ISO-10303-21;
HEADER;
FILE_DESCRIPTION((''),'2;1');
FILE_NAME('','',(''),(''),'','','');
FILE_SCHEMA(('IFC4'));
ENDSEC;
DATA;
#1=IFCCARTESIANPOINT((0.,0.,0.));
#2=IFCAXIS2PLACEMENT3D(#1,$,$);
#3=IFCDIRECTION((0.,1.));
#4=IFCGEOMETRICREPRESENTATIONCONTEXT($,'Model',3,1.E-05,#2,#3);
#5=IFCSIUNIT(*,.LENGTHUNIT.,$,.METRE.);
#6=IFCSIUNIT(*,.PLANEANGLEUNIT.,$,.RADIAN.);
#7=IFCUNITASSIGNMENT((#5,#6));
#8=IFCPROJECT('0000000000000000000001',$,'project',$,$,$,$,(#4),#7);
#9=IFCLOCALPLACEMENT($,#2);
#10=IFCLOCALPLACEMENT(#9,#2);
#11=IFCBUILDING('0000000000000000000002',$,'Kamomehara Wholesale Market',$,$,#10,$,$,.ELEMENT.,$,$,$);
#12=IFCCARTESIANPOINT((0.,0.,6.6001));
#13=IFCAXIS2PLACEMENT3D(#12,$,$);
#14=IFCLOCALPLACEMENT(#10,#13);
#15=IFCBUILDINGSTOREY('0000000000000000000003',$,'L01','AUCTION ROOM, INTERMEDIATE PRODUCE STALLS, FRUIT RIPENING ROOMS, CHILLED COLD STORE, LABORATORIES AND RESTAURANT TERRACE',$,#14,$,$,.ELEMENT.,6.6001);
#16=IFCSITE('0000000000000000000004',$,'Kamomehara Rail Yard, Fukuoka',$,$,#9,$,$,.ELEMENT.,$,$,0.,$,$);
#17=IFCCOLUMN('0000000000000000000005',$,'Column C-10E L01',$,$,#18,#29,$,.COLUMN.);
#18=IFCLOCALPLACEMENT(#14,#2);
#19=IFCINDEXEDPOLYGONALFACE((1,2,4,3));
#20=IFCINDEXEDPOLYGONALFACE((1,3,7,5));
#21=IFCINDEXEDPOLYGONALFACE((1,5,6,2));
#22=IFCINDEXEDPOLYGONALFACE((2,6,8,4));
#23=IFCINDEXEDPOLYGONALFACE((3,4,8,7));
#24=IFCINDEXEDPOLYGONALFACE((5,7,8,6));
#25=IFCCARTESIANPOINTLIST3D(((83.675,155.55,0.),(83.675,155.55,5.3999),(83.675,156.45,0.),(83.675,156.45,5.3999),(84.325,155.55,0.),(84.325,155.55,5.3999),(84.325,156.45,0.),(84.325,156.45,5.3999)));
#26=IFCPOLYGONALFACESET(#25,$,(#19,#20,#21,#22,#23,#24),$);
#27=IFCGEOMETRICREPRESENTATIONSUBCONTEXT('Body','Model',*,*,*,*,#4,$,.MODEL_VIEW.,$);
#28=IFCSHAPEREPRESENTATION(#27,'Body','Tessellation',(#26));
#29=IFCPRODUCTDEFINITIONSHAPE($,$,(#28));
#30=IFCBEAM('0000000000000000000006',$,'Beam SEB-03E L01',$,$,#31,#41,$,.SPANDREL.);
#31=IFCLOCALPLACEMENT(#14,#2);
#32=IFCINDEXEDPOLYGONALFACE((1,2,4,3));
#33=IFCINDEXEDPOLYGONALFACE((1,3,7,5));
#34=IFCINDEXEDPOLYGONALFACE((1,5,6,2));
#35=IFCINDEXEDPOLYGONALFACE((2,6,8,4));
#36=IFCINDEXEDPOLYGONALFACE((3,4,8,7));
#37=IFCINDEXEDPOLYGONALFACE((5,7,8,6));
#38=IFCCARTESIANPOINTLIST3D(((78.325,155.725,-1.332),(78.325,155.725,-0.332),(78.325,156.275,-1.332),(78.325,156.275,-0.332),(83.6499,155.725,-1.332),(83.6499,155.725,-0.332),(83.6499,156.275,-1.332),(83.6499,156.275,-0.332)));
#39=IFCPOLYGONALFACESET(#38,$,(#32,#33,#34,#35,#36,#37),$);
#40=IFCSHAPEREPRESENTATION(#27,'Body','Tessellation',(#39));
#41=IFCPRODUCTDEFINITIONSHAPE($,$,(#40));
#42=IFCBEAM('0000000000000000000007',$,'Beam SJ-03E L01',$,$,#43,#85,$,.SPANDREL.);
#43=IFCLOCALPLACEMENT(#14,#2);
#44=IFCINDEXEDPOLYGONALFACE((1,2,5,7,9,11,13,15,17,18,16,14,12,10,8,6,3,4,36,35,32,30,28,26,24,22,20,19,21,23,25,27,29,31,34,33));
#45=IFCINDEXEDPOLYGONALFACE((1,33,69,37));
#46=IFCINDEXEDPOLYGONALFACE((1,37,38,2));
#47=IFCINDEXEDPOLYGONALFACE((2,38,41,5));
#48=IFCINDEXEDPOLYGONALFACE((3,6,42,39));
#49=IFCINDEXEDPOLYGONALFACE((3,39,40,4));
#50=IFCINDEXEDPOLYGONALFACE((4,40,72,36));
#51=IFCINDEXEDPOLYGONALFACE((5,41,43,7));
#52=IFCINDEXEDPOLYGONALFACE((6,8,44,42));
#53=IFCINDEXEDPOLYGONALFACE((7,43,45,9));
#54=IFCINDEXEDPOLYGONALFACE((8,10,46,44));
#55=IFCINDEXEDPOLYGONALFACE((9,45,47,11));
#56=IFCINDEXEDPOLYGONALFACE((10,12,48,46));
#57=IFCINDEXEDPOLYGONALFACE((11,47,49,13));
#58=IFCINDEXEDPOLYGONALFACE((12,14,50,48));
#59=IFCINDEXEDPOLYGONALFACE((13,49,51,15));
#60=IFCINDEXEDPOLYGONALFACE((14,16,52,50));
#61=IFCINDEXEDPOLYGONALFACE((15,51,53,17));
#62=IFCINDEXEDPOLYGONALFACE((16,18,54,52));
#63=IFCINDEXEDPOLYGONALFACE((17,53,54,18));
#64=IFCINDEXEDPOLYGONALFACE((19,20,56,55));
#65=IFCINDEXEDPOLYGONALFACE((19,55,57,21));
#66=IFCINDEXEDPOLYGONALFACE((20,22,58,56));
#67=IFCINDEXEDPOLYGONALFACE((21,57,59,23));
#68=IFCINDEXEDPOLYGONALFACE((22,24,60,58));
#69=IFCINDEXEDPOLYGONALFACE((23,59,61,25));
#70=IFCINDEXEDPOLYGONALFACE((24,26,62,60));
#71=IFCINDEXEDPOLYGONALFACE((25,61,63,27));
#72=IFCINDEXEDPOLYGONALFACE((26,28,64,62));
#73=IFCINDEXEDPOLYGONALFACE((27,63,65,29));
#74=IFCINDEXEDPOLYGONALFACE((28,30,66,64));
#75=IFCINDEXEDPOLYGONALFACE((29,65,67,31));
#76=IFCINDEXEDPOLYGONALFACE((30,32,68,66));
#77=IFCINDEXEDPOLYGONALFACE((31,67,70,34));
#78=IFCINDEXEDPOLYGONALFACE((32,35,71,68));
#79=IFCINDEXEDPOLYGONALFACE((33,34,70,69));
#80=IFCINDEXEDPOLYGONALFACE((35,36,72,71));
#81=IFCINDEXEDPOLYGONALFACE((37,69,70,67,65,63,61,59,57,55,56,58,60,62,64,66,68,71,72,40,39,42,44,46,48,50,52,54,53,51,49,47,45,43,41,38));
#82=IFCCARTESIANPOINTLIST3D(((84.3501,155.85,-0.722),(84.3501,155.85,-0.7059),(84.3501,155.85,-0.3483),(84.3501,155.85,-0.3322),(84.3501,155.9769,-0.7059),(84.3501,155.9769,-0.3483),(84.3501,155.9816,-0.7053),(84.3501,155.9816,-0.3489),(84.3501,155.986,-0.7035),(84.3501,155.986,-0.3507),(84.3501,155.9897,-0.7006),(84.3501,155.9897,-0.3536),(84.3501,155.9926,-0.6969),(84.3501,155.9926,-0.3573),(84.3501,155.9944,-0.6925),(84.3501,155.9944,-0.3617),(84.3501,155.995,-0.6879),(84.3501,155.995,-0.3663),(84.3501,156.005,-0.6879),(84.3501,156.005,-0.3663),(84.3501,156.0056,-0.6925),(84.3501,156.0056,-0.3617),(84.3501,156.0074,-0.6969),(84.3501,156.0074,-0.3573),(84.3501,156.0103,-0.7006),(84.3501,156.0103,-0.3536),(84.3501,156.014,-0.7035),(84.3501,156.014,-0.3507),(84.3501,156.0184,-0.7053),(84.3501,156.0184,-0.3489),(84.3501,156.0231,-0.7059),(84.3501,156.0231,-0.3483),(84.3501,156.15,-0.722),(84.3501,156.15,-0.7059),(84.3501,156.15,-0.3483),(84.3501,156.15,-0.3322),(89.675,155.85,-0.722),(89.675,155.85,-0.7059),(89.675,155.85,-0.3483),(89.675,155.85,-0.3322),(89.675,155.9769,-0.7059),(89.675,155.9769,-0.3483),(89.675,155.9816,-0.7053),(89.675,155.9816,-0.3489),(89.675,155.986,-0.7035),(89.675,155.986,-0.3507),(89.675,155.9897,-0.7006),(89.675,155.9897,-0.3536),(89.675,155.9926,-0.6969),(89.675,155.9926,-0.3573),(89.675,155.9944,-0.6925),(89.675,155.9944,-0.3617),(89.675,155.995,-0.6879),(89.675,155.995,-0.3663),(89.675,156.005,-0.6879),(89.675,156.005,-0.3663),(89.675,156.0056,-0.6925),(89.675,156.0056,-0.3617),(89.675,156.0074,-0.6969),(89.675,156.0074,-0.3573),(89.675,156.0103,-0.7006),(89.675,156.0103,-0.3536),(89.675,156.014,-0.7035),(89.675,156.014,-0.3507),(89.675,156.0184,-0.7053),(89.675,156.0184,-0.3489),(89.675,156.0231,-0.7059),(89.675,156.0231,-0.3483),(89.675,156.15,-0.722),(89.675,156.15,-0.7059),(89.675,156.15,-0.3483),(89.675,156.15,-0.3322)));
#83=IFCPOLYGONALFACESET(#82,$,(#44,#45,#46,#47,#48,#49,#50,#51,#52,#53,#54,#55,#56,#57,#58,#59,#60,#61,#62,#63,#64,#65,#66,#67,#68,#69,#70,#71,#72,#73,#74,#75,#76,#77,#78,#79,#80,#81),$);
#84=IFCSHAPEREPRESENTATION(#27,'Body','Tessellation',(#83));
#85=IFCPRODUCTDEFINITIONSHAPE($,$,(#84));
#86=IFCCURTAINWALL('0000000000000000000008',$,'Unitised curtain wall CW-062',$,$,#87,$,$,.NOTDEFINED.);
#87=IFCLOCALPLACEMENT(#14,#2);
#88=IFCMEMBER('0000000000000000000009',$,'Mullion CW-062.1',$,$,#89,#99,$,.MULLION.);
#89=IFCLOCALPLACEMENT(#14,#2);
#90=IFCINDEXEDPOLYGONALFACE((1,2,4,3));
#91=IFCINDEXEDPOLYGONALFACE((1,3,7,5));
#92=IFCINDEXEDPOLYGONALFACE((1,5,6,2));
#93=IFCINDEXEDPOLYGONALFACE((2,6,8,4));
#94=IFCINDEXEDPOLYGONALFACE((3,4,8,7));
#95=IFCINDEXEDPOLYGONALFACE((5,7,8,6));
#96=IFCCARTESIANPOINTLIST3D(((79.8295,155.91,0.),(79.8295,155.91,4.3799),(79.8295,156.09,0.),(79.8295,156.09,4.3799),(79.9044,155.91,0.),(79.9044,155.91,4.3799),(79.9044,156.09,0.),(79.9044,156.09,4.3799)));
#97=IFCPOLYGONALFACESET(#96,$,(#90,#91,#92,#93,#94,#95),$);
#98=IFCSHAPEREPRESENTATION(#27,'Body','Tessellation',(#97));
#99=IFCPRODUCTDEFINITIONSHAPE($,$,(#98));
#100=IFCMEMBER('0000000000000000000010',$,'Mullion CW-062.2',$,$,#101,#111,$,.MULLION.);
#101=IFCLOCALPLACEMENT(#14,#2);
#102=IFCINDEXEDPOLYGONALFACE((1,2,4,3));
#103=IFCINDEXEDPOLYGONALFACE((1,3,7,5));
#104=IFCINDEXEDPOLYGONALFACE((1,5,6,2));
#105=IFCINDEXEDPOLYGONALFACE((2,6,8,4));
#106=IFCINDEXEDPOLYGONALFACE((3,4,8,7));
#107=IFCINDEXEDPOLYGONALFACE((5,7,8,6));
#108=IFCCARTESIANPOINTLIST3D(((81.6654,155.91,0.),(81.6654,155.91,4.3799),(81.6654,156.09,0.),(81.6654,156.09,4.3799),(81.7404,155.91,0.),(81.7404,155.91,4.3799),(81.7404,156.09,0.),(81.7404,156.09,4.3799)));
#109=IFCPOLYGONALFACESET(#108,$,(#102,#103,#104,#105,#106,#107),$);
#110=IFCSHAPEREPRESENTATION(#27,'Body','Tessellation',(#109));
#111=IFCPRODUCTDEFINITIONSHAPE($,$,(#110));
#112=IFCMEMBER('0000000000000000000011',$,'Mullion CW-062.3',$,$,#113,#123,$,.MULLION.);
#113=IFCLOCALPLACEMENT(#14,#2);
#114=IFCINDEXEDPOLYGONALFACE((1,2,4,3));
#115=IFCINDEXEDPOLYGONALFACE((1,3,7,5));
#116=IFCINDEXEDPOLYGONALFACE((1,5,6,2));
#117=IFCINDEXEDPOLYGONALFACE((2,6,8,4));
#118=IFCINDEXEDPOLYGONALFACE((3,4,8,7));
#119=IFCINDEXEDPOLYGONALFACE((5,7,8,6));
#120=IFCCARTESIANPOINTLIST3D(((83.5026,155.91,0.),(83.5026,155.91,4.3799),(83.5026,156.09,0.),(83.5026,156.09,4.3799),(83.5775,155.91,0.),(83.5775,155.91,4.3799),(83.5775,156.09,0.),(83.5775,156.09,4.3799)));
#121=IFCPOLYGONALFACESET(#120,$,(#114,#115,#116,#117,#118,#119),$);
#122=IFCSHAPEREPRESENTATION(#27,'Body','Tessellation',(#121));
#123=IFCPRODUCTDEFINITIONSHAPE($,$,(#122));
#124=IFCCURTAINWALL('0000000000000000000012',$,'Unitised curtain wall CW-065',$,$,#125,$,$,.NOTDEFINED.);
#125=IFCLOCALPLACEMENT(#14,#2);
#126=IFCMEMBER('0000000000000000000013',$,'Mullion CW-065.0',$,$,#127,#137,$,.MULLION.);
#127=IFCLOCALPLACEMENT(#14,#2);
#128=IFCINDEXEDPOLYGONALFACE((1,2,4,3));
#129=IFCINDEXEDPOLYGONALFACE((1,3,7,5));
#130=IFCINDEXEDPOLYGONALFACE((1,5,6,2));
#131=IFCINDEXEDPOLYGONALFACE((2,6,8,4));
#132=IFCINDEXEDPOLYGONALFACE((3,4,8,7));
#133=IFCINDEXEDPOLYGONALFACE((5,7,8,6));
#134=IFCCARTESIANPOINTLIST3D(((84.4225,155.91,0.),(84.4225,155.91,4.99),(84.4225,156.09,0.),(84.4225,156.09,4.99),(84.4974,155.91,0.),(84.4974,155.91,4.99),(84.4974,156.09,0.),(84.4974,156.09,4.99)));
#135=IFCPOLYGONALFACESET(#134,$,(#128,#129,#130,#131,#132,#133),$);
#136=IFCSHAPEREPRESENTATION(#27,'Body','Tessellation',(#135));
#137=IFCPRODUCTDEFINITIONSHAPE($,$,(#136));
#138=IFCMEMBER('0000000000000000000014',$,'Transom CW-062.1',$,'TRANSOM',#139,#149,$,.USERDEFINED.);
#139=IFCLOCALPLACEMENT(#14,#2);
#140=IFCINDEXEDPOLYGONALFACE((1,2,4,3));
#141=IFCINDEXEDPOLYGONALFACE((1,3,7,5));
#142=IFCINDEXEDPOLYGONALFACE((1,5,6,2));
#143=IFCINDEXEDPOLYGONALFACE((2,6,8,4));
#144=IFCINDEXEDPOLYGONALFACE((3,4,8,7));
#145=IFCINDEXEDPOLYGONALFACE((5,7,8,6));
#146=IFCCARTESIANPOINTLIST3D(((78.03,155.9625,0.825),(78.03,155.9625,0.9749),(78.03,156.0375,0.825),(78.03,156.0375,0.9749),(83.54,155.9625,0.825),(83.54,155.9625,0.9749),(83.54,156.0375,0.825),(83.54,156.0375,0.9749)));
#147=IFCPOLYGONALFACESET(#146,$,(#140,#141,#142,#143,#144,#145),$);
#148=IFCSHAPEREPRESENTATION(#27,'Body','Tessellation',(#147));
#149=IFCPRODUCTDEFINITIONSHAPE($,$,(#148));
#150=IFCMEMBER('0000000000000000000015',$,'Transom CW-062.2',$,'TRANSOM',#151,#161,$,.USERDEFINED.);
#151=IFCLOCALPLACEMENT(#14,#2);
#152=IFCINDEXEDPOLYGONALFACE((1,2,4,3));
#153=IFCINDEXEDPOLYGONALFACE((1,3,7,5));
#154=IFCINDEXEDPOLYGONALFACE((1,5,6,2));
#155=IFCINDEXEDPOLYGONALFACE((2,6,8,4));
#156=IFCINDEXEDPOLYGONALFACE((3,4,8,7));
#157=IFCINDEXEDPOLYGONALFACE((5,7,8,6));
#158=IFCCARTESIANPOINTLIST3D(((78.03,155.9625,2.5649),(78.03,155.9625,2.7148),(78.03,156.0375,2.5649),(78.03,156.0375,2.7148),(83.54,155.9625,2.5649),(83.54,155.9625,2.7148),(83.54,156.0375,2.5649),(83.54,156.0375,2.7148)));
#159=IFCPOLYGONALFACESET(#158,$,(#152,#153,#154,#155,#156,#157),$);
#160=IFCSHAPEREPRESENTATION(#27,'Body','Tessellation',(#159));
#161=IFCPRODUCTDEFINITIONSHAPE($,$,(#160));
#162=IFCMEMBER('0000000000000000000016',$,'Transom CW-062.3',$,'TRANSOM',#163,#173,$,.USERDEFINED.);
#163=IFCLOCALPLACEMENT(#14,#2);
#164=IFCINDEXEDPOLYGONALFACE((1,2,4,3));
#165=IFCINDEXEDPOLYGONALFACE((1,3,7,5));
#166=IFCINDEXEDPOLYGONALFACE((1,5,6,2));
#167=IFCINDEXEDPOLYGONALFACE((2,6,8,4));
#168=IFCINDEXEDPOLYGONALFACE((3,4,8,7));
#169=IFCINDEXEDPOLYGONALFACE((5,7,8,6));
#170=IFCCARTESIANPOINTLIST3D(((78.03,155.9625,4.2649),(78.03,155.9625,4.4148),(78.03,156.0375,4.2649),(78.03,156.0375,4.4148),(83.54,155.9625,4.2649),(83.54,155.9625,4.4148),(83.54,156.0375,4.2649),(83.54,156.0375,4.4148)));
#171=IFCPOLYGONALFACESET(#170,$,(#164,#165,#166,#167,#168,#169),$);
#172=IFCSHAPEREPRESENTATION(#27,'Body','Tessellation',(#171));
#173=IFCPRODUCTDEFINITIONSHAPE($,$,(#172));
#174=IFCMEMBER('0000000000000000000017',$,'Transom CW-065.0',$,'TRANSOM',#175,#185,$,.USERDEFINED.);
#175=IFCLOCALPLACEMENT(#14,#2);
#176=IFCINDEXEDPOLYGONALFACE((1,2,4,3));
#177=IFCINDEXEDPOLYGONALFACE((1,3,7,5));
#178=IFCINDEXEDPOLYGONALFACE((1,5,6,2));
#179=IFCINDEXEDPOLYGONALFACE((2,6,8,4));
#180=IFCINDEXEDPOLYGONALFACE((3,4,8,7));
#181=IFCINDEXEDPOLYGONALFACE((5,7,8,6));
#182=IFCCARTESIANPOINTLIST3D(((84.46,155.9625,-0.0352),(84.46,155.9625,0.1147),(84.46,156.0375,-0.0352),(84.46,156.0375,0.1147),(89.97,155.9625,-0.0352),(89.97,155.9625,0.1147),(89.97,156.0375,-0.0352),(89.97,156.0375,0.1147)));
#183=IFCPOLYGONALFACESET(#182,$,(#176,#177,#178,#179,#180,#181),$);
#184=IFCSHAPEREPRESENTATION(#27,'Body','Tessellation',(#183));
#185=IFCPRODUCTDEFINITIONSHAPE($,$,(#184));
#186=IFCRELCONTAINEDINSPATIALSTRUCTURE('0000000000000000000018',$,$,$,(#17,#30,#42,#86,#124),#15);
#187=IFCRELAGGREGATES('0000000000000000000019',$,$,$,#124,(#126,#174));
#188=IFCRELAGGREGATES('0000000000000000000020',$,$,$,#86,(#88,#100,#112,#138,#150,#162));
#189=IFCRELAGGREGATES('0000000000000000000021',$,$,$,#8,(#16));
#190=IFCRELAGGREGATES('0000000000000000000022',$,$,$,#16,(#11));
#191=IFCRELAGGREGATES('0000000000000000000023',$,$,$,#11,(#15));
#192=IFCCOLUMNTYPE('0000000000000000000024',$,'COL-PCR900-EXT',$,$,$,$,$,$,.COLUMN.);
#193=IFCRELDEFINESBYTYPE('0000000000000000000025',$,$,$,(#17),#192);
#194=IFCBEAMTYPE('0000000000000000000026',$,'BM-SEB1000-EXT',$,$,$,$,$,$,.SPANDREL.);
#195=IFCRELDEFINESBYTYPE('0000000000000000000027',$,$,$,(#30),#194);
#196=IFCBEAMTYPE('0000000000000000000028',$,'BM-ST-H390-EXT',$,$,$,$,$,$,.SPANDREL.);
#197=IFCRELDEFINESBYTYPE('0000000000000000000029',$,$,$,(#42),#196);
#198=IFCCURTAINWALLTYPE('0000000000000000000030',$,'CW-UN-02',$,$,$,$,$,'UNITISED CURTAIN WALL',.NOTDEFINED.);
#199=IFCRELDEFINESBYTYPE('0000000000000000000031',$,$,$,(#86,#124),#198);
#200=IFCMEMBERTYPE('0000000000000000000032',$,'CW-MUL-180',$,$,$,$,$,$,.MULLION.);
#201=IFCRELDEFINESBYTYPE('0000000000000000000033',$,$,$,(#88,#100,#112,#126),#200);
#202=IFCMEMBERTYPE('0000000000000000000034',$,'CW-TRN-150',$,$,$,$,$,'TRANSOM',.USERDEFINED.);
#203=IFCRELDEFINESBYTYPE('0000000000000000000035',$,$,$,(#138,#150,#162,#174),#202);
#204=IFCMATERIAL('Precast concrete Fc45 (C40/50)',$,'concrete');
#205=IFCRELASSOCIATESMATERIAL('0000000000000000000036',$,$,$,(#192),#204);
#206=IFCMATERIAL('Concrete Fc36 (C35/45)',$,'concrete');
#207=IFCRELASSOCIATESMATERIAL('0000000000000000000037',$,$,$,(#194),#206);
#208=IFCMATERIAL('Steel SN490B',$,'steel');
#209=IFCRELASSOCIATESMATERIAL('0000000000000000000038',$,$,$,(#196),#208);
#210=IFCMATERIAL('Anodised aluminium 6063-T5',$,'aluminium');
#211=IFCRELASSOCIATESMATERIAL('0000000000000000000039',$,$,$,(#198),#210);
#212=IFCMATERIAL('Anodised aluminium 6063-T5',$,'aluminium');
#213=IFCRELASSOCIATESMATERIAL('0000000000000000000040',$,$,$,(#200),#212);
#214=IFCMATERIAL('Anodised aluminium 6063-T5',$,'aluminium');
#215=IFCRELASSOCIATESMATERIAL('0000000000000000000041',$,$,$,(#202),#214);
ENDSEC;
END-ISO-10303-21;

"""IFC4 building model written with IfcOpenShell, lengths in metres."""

from ifc_helpers import new_model, si_unit, direction, frame, origin, origin_2d, place, context, subcontext, project, spatial, rectangle, i_section, extrude, material, material_profile, profile_set, type_object, element, aggregate, save


model = new_model("IFC4")

# Units and contexts
model_context = context("Model", 3, precision=1e-05, world=origin(), true_north=direction((0.0, 1.0)))
body_context = subcontext(model_context, "Body", "Model", "MODEL_VIEW")
ifc_project = project(units=[si_unit("LENGTHUNIT", "METRE"), si_unit("PLANEANGLEUNIT", "RADIAN")], contexts=[model_context])

# Site, building, storey
site_placement = place(None, origin())
site = spatial("IfcSite", under=ifc_project, at=site_placement, Name="Kamomehara Rail Yard, Fukuoka", CompositionType="ELEMENT", RefElevation=0.0)
building_placement = place(site_placement, origin())
building = spatial("IfcBuilding", under=site, at=building_placement, Name="Kamomehara Wholesale Market", CompositionType="ELEMENT")
storey_placement = place(building_placement, frame((0.0, 0.0, 6.6001)))
storey = spatial("IfcBuildingStorey", under=building, at=storey_placement, Name="L01", Description="AUCTION ROOM, INTERMEDIATE PRODUCE STALLS, FRUIT RIPENING ROOMS, CHILLED COLD STORE, LABORATORIES AND RESTAURANT TERRACE", CompositionType="ELEMENT", Elevation=6.6001)

# Column
ifc_material_1 = material(Name="Precast concrete Fc45 (C40/50)", Category="concrete")
ifc_material_profile_1 = material_profile(ifc_material_1, rectangle(XDim=0.6499, YDim=0.8999, at=origin_2d()), Name="PC-COL-650x900")
ifc_profile_set_1 = profile_set([ifc_material_profile_1], Name="Precast concrete Fc45 (C40/50)")
column_type = type_object("IfcColumnType", Name="COL-PCR900-EXT", PredefinedType="COLUMN", material=ifc_profile_set_1)
column_placement = place(storey_placement, frame((84.0, 156.0, 0.0), z_axis=(0.0, 0.0, 1.0), x_axis=(1.0, 0.0, 0.0)))
element("IfcColumn", 1, at=column_placement, inside=storey, type_object=column_type, Name="Column C-10E L01", PredefinedType="COLUMN", context=body_context, shape_type="SweptSolid", body=[
    extrude(rectangle(XDim=0.6499, YDim=0.8999, at=origin_2d()), origin(), (0.0, 0.0, 1.0), 5.3999),
])

# Beams
ifc_material_2 = material(Name="Concrete Fc36 (C35/45)", Category="concrete")
ifc_material_profile_2 = material_profile(ifc_material_2, rectangle(XDim=0.55, YDim=1.0, at=origin_2d()), Name="RC-SEB-550x1000")
ifc_profile_set_2 = profile_set([ifc_material_profile_2], Name="Concrete Fc36 (C35/45)")
beam_type_1 = type_object("IfcBeamType", Name="BM-SEB1000-EXT", PredefinedType="SPANDREL", material=ifc_profile_set_2)
beam_1_placement = place(storey_placement, frame((78.325, 156.0, -0.832), z_axis=(1.0, 0.0, 0.0), x_axis=(0.0, 1.0, 0.0)))
element("IfcBeam", 2, at=beam_1_placement, inside=storey, type_object=beam_type_1, Name="Beam SEB-03E L01", PredefinedType="SPANDREL", context=body_context, shape_type="SweptSolid", body=[
    extrude(rectangle(XDim=0.55, YDim=1.0, at=origin_2d()), origin(), (0.0, 0.0, 1.0), 5.325),
])
ifc_material_3 = material(Name="Steel SN490B", Category="steel")
ifc_material_profile_3 = material_profile(ifc_material_3, i_section(OverallWidth=0.3, OverallDepth=0.3899, WebThickness=0.01, FlangeThickness=0.0161, FilletRadius=0.0181, at=origin_2d()), Name="H-390x300x10x16")
ifc_profile_set_3 = profile_set([ifc_material_profile_3], Name="Steel SN490B")
beam_type_2 = type_object("IfcBeamType", Name="BM-ST-H390-EXT", PredefinedType="SPANDREL", material=ifc_profile_set_3)
beam_2_placement = place(storey_placement, frame((84.3501, 156.0, -0.5271), z_axis=(1.0, 0.0, 0.0), x_axis=(0.0, 1.0, 0.0)))
element("IfcBeam", 3, at=beam_2_placement, inside=storey, type_object=beam_type_2, Name="Beam SJ-03E L01", PredefinedType="SPANDREL", context=body_context, shape_type="SweptSolid", body=[
    extrude(i_section(OverallWidth=0.3, OverallDepth=0.3899, WebThickness=0.01, FlangeThickness=0.0161, FilletRadius=0.0181, at=origin_2d()), origin(), (0.0, 0.0, 1.0), 5.325),
])

# Curtain wall, members
ifc_material_4 = material(Name="Anodised aluminium 6063-T5", Category="aluminium")
curtain_wall_type = type_object("IfcCurtainWallType", Name="CW-UN-02", ElementType="UNITISED CURTAIN WALL", PredefinedType="NOTDEFINED", material=ifc_material_4)
curtain_wall_1_placement = place(storey_placement, origin())
curtain_wall_1 = element("IfcCurtainWall", 4, at=curtain_wall_1_placement, inside=storey, type_object=curtain_wall_type, Name="Unitised curtain wall CW-062", PredefinedType="NOTDEFINED")
ifc_material_5 = material(Name="Anodised aluminium 6063-T5", Category="aluminium")
ifc_material_profile_4 = material_profile(ifc_material_5, rectangle(XDim=0.075, YDim=0.1799, at=origin_2d()), Name="ALU-MUL-75x180")
ifc_profile_set_4 = profile_set([ifc_material_profile_4], Name="Anodised aluminium 6063-T5")
member_type_1 = type_object("IfcMemberType", Name="CW-MUL-180", PredefinedType="MULLION", material=ifc_profile_set_4)
member_1_placement = place(storey_placement, frame((79.8669, 156.0, 0.0), z_axis=(0.0, 0.0, 1.0), x_axis=(1.0, 0.0, 0.0)))
member_1 = element("IfcMember", 5, at=member_1_placement, type_object=member_type_1, Name="Mullion CW-062.1", PredefinedType="MULLION", context=body_context, shape_type="SweptSolid", body=[
    extrude(rectangle(XDim=0.075, YDim=0.1799, at=origin_2d()), origin(), (0.0, 0.0, 1.0), 4.3799),
])
member_2_placement = place(storey_placement, frame((81.7029, 156.0, 0.0), z_axis=(0.0, 0.0, 1.0), x_axis=(1.0, 0.0, 0.0)))
member_2 = element("IfcMember", 6, at=member_2_placement, type_object=member_type_1, Name="Mullion CW-062.2", PredefinedType="MULLION", context=body_context, shape_type="SweptSolid", body=[
    extrude(rectangle(XDim=0.075, YDim=0.1799, at=origin_2d()), origin(), (0.0, 0.0, 1.0), 4.3799),
])
member_3_placement = place(storey_placement, frame((83.54, 156.0, 0.0), z_axis=(0.0, 0.0, 1.0), x_axis=(1.0, 0.0, 0.0)))
member_3 = element("IfcMember", 7, at=member_3_placement, type_object=member_type_1, Name="Mullion CW-062.3", PredefinedType="MULLION", context=body_context, shape_type="SweptSolid", body=[
    extrude(rectangle(XDim=0.075, YDim=0.1799, at=origin_2d()), origin(), (0.0, 0.0, 1.0), 4.3799),
])

# Curtain wall, member
curtain_wall_2_placement = place(storey_placement, origin())
curtain_wall_2 = element("IfcCurtainWall", 8, at=curtain_wall_2_placement, inside=storey, type_object=curtain_wall_type, Name="Unitised curtain wall CW-065", PredefinedType="NOTDEFINED")
member_4_placement = place(storey_placement, frame((84.46, 156.0, 0.0), z_axis=(0.0, 0.0, 1.0), x_axis=(1.0, 0.0, 0.0)))
member_4 = element("IfcMember", 9, at=member_4_placement, type_object=member_type_1, Name="Mullion CW-065.0", PredefinedType="MULLION", context=body_context, shape_type="SweptSolid", body=[
    extrude(rectangle(XDim=0.075, YDim=0.1799, at=origin_2d()), origin(), (0.0, 0.0, 1.0), 4.99),
])

# Members
ifc_material_6 = material(Name="Anodised aluminium 6063-T5", Category="aluminium")
ifc_material_profile_5 = material_profile(ifc_material_6, rectangle(XDim=0.075, YDim=0.1499, at=origin_2d()), Name="ALU-TRN-75x150")
ifc_profile_set_5 = profile_set([ifc_material_profile_5], Name="Anodised aluminium 6063-T5")
member_type_2 = type_object("IfcMemberType", Name="CW-TRN-150", ElementType="TRANSOM", PredefinedType="USERDEFINED", material=ifc_profile_set_5)
member_5_placement = place(storey_placement, frame((78.03, 156.0, 0.8999), z_axis=(1.0, 0.0, 0.0), x_axis=(0.0, 1.0, 0.0)))
member_5 = element("IfcMember", 10, at=member_5_placement, type_object=member_type_2, Name="Transom CW-062.1", ObjectType="TRANSOM", PredefinedType="USERDEFINED", context=body_context, shape_type="SweptSolid", body=[
    extrude(rectangle(XDim=0.075, YDim=0.1499, at=origin_2d()), origin(), (0.0, 0.0, 1.0), 5.51),
])
member_6_placement = place(storey_placement, frame((78.03, 156.0, 2.6399), z_axis=(1.0, 0.0, 0.0), x_axis=(0.0, 1.0, 0.0)))
member_6 = element("IfcMember", 11, at=member_6_placement, type_object=member_type_2, Name="Transom CW-062.2", ObjectType="TRANSOM", PredefinedType="USERDEFINED", context=body_context, shape_type="SweptSolid", body=[
    extrude(rectangle(XDim=0.075, YDim=0.1499, at=origin_2d()), origin(), (0.0, 0.0, 1.0), 5.51),
])
member_7_placement = place(storey_placement, frame((78.03, 156.0, 4.3398), z_axis=(1.0, 0.0, 0.0), x_axis=(0.0, 1.0, 0.0)))
member_7 = element("IfcMember", 12, at=member_7_placement, type_object=member_type_2, Name="Transom CW-062.3", ObjectType="TRANSOM", PredefinedType="USERDEFINED", context=body_context, shape_type="SweptSolid", body=[
    extrude(rectangle(XDim=0.075, YDim=0.1499, at=origin_2d()), origin(), (0.0, 0.0, 1.0), 5.51),
])
member_8_placement = place(storey_placement, frame((84.46, 156.0, 0.0398), z_axis=(1.0, 0.0, 0.0), x_axis=(0.0, 1.0, 0.0)))
member_8 = element("IfcMember", 13, at=member_8_placement, type_object=member_type_2, Name="Transom CW-065.0", ObjectType="TRANSOM", PredefinedType="USERDEFINED", context=body_context, shape_type="SweptSolid", body=[
    extrude(rectangle(XDim=0.075, YDim=0.1499, at=origin_2d()), origin(), (0.0, 0.0, 1.0), 5.51),
])
aggregate(curtain_wall_2, [member_4, member_8])

aggregate(curtain_wall_1, [member_1, member_2, member_3, member_5, member_6, member_7])

save(model, "model.ifc")
